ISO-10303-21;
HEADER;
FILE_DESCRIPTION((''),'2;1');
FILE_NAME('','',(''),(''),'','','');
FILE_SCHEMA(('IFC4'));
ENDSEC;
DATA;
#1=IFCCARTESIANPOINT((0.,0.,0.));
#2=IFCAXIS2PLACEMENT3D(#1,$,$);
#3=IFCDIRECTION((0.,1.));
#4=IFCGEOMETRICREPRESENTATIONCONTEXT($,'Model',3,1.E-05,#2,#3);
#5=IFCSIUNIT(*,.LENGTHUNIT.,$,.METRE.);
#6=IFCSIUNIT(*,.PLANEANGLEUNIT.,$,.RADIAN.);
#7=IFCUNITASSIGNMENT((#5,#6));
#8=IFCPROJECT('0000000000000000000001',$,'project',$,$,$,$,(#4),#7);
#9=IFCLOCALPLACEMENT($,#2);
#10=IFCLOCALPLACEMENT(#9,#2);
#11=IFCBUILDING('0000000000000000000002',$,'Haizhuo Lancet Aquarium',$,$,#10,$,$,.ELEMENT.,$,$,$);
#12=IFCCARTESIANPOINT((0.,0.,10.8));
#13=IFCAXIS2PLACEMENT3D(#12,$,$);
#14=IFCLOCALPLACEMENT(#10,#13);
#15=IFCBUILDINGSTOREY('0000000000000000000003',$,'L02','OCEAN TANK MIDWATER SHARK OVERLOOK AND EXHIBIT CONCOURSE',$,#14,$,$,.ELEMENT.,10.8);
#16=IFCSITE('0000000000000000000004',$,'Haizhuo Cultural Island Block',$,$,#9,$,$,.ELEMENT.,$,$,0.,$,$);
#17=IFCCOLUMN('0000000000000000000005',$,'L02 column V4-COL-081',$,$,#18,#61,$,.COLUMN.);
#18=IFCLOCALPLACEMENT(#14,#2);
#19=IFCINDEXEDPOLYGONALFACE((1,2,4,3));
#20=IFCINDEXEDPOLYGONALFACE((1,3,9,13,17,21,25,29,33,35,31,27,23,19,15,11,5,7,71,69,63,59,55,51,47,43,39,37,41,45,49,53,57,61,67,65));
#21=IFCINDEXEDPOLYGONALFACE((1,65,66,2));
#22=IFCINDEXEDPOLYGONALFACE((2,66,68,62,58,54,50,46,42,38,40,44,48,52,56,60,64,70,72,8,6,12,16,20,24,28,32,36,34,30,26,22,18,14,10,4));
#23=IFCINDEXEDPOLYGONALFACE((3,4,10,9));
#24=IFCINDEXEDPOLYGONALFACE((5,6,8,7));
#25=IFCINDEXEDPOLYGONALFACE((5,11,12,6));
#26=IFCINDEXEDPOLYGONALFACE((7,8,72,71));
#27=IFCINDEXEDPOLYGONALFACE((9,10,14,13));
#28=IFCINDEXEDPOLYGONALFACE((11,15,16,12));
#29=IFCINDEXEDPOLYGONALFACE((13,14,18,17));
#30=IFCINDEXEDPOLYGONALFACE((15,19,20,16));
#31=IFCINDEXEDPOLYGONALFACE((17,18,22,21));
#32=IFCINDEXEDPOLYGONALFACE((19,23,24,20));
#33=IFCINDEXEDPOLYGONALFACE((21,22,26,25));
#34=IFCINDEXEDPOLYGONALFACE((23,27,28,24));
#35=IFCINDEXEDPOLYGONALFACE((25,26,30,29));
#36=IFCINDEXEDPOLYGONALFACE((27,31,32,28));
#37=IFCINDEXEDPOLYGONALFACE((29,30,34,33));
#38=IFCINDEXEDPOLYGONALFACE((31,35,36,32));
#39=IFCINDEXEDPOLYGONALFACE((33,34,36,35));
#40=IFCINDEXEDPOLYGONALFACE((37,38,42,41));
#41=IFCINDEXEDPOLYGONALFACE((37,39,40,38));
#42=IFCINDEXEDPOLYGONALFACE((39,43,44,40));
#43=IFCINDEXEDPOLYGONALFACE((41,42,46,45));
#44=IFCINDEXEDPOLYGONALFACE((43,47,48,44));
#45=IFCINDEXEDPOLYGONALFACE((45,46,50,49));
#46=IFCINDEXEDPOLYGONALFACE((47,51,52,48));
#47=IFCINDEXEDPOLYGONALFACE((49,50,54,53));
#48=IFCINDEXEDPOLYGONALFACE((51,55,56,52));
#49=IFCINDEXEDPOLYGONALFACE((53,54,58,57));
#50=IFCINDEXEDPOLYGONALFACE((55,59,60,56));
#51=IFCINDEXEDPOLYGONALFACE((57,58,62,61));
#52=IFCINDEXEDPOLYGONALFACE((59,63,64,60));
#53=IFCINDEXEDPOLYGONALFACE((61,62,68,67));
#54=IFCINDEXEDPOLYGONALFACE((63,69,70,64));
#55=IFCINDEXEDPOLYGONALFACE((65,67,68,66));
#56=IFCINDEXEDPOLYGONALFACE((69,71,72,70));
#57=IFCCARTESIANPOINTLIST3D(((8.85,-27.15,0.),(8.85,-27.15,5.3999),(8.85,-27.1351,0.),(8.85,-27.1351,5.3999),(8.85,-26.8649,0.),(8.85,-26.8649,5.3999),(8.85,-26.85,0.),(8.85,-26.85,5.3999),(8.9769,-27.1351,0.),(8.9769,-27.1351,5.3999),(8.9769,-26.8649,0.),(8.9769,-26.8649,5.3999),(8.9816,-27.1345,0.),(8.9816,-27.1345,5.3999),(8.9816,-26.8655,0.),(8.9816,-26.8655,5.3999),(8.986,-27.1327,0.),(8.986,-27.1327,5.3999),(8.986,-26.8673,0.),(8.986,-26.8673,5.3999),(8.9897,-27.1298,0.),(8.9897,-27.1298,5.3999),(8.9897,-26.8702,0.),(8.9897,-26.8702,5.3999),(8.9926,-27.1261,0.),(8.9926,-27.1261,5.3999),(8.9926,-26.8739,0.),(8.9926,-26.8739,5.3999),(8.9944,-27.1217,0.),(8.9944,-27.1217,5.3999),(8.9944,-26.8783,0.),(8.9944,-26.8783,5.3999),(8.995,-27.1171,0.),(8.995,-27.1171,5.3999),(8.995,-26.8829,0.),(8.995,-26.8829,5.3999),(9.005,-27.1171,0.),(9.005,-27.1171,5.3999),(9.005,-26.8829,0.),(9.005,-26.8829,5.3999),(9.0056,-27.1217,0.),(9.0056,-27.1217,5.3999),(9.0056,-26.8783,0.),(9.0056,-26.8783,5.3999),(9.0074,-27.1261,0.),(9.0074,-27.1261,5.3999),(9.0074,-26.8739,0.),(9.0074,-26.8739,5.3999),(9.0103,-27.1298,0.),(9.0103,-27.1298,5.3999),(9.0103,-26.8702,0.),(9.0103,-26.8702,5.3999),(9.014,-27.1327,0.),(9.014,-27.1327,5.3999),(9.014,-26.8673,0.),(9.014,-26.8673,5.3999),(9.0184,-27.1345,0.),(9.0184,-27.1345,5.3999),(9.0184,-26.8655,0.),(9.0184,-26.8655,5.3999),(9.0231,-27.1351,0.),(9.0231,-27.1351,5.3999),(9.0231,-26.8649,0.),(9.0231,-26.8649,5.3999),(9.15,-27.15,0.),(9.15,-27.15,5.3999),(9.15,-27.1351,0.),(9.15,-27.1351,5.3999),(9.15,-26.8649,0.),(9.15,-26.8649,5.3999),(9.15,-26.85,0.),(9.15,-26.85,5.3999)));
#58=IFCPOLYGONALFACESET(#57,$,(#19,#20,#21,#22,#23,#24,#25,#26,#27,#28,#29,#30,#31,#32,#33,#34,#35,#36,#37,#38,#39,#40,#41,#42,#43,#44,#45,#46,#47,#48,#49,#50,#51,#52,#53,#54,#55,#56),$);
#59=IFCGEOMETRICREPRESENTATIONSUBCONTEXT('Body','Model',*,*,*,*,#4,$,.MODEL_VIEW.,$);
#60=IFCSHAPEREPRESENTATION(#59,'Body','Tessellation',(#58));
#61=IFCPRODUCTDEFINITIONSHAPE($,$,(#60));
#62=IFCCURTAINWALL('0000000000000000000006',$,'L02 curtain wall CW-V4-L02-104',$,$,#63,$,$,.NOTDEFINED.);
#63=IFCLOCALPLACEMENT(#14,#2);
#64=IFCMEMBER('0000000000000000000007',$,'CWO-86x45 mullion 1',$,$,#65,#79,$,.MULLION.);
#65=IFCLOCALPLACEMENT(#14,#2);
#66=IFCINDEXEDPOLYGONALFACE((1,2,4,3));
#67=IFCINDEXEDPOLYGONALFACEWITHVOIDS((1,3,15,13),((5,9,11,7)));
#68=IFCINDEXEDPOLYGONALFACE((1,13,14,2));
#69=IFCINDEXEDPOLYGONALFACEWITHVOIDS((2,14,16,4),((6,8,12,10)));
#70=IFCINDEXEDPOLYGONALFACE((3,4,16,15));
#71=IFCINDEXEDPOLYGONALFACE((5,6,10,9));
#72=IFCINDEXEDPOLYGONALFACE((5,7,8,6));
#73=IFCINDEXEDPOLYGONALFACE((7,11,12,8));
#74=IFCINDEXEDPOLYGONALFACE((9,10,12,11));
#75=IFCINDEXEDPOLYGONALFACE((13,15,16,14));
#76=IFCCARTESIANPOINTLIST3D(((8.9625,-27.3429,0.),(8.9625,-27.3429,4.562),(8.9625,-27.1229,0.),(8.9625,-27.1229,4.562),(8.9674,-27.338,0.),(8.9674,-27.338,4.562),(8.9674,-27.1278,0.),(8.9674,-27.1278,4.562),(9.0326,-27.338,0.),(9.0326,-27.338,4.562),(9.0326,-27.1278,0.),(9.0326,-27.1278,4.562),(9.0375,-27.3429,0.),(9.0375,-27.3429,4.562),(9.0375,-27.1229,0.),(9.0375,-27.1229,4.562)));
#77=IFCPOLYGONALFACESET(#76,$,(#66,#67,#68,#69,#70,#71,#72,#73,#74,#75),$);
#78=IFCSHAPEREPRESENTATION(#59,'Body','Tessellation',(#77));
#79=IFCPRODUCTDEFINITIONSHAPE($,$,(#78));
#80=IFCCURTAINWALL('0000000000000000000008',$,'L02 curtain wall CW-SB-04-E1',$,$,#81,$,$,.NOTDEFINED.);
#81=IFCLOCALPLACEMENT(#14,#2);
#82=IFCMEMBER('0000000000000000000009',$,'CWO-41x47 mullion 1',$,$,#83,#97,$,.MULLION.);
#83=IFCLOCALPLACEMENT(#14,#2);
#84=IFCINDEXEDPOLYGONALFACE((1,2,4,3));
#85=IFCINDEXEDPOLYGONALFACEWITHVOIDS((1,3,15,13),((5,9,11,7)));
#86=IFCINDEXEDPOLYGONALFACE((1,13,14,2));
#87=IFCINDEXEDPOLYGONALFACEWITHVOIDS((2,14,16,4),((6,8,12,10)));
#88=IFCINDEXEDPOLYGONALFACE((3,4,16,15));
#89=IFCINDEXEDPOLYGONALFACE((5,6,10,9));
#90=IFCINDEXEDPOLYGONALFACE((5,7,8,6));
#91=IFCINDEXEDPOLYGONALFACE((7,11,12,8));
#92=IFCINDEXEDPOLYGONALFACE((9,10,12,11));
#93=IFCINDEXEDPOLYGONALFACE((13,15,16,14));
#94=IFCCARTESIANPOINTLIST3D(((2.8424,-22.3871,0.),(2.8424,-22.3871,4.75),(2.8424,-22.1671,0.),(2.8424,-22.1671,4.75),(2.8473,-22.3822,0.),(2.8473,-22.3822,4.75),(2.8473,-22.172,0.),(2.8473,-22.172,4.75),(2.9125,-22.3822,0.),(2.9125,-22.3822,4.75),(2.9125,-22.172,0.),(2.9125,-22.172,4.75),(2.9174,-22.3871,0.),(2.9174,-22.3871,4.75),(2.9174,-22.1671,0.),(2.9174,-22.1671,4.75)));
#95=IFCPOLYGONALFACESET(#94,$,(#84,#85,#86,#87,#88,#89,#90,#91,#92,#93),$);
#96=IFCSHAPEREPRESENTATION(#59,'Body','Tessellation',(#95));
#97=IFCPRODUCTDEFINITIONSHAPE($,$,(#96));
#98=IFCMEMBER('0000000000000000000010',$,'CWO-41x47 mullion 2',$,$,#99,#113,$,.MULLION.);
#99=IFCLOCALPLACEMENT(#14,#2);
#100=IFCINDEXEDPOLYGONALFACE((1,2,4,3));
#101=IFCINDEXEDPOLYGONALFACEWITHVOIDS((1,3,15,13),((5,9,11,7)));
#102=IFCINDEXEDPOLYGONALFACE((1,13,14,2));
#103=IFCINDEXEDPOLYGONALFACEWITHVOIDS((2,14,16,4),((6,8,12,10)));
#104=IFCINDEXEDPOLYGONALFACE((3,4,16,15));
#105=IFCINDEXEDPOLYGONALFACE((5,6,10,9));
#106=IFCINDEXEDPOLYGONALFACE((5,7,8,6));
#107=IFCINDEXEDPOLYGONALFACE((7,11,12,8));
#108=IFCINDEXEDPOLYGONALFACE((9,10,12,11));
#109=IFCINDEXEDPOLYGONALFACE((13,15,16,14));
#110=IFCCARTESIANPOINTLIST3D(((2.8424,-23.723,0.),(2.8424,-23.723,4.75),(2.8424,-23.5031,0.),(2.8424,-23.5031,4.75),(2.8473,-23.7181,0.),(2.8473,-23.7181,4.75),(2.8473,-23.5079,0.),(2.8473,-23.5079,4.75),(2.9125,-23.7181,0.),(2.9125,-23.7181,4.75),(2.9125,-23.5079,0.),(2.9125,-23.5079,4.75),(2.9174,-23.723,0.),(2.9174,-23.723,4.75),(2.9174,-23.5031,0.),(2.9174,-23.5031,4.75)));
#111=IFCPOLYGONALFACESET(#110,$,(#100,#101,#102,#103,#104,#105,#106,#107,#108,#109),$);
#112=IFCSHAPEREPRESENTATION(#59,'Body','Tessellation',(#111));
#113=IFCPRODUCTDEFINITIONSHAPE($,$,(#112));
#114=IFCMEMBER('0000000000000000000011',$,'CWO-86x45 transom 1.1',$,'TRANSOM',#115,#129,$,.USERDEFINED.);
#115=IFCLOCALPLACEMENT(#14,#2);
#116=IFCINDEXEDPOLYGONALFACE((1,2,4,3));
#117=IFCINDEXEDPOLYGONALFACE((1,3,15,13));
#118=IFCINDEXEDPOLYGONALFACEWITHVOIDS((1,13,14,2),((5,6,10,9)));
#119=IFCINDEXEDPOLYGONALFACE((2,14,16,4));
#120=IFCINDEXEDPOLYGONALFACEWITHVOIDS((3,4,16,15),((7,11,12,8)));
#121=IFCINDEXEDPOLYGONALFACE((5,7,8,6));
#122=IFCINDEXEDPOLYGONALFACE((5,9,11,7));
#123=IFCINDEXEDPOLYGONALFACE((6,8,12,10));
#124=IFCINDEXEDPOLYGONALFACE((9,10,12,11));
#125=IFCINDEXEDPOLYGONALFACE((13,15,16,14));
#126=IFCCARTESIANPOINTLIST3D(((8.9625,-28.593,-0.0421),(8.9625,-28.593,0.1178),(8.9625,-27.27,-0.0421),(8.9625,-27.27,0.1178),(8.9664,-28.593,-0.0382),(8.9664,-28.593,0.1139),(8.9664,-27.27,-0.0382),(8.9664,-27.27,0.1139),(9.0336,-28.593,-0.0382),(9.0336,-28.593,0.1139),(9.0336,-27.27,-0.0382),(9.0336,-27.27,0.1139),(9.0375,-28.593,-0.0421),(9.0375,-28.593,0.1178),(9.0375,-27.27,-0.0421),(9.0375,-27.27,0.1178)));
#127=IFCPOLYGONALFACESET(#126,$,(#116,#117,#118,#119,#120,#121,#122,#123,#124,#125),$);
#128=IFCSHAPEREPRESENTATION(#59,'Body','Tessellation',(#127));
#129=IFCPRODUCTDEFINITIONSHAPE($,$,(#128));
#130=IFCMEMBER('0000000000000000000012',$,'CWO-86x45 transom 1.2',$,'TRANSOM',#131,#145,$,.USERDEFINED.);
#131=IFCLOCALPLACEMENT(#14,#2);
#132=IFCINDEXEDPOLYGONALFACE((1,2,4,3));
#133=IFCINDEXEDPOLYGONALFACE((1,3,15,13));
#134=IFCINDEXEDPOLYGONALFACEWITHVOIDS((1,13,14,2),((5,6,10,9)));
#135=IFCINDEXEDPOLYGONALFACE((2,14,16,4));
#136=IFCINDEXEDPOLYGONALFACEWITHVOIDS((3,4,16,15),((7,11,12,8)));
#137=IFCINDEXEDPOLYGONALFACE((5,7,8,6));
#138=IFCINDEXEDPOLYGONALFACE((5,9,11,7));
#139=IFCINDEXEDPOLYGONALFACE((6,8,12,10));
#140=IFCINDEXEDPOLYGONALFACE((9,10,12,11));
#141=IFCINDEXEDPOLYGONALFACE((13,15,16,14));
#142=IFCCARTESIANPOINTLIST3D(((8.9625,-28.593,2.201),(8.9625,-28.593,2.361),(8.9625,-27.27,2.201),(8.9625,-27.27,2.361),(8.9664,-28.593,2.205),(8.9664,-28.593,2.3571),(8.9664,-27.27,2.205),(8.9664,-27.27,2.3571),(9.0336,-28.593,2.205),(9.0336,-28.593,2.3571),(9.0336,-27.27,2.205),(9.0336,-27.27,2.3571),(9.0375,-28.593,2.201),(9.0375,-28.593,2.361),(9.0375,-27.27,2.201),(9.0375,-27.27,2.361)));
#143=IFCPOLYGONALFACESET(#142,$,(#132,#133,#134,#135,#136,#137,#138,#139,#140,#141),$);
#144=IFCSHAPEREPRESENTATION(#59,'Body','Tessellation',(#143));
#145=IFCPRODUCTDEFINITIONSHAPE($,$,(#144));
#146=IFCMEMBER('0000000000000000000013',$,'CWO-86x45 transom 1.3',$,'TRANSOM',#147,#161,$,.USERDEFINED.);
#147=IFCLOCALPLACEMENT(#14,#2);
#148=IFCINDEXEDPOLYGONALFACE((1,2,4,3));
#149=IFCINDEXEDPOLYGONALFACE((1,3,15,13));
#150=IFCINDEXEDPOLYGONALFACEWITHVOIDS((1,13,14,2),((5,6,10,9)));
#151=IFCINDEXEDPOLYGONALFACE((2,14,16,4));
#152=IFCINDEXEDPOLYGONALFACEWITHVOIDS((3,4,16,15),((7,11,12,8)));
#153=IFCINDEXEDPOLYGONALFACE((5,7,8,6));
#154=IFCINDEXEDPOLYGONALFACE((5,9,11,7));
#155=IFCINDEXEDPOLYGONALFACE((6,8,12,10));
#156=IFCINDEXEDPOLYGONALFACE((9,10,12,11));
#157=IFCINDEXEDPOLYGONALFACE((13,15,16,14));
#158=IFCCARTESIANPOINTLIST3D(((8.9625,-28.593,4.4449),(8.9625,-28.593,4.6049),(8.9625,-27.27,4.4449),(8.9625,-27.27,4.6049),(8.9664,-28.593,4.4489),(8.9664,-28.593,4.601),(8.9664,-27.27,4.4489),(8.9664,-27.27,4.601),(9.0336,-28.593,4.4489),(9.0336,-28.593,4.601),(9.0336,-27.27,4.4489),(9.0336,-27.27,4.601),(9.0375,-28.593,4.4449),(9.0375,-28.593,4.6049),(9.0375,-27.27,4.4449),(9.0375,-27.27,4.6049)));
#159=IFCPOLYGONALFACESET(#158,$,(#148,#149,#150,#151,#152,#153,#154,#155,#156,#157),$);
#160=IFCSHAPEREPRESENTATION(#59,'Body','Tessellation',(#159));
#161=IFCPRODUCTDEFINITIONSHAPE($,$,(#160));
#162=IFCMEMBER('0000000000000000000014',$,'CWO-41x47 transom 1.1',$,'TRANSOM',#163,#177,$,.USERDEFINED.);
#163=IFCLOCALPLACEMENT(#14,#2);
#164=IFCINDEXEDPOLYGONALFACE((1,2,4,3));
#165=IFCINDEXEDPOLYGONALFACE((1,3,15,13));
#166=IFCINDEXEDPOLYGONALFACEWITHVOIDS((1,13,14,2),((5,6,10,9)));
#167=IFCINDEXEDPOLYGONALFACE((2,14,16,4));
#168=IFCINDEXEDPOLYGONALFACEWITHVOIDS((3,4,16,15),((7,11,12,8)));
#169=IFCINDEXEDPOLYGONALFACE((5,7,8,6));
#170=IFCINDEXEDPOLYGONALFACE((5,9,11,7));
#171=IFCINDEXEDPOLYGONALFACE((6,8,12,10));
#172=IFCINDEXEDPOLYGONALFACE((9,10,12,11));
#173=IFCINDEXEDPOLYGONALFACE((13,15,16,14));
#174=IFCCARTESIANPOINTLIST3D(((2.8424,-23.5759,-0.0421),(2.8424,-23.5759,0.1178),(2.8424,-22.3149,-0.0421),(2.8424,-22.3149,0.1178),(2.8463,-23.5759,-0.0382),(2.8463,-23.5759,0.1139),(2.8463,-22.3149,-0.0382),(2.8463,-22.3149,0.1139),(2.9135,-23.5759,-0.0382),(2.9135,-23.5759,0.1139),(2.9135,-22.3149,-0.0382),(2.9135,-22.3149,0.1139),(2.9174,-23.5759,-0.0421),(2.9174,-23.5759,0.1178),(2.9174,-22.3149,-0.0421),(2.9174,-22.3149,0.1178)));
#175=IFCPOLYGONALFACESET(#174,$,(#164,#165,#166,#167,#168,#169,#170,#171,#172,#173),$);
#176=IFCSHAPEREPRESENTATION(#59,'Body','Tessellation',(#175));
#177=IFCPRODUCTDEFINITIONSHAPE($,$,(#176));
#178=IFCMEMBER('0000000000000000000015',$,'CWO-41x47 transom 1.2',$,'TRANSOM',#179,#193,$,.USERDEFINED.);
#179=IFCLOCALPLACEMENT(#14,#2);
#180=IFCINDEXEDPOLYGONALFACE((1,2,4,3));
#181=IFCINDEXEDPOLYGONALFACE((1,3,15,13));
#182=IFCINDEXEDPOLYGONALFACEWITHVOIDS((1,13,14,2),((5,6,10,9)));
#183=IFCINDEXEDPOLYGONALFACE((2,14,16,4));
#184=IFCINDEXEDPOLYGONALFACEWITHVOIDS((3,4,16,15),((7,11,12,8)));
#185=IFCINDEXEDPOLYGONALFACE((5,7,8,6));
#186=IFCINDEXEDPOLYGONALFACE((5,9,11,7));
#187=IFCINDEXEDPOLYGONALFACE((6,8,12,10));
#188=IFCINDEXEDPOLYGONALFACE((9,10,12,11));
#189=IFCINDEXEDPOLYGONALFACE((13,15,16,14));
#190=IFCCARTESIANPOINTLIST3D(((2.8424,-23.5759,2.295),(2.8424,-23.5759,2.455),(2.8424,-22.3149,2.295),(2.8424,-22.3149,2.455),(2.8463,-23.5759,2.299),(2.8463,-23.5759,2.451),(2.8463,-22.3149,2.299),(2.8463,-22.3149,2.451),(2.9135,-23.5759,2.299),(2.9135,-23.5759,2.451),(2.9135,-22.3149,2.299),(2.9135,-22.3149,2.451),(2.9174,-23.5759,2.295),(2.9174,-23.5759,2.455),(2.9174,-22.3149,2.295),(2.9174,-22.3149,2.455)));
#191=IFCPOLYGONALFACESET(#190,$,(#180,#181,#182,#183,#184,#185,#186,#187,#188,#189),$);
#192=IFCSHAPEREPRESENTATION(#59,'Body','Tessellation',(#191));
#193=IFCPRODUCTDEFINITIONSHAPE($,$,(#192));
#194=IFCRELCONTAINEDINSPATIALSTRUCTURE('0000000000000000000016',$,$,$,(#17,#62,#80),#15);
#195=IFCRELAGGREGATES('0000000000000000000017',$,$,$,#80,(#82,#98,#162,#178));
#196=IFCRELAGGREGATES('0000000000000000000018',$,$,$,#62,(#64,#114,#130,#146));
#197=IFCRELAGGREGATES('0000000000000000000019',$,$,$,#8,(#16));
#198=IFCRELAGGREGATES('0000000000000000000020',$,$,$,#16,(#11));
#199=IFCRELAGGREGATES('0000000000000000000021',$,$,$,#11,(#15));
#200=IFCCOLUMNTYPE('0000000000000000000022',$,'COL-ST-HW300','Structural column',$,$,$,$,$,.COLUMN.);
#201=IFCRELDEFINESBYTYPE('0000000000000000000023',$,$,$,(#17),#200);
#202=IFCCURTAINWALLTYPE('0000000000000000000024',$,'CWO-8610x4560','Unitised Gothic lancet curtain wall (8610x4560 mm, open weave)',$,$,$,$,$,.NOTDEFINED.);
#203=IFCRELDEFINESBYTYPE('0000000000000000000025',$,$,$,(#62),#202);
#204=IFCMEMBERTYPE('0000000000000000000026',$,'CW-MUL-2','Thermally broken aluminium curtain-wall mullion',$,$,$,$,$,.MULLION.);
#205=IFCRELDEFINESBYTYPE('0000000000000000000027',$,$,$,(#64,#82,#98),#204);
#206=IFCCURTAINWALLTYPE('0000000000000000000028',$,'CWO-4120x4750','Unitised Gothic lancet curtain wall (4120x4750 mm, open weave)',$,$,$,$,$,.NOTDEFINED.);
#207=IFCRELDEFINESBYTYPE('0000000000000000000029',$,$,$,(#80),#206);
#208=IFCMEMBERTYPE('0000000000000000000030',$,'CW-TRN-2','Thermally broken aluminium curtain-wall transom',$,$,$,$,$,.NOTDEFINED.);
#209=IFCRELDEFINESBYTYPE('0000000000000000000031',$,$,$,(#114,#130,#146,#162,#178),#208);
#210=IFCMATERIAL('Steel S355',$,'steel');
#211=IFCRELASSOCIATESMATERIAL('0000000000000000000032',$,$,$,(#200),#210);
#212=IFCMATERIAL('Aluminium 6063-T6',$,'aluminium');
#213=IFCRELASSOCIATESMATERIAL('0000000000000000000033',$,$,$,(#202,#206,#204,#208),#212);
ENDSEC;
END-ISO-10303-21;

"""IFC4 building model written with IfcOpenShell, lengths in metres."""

from ifc_helpers import new_model, si_unit, direction, frame, origin, origin_2d, place, context, subcontext, project, spatial, hollow_rectangle, i_section, extrude, material, material_profile, profile_set, type_object, element, aggregate, save


model = new_model("IFC4")

# Units and contexts
model_context = context("Model", 3, precision=1e-05, world=origin(), true_north=direction((0.0, 1.0)))
body_context = subcontext(model_context, "Body", "Model", "MODEL_VIEW")
ifc_project = project(units=[si_unit("LENGTHUNIT", "METRE"), si_unit("PLANEANGLEUNIT", "RADIAN")], contexts=[model_context])

# Site, building, storey
site_placement = place(None, origin())
site = spatial("IfcSite", under=ifc_project, at=site_placement, Name="Haizhuo Cultural Island Block", CompositionType="ELEMENT", RefElevation=0.0)
building_placement = place(site_placement, origin())
building = spatial("IfcBuilding", under=site, at=building_placement, Name="Haizhuo Lancet Aquarium", CompositionType="ELEMENT")
storey_placement = place(building_placement, frame((0.0, 0.0, 10.8)))
storey = spatial("IfcBuildingStorey", under=building, at=storey_placement, Name="L02", Description="OCEAN TANK MIDWATER SHARK OVERLOOK AND EXHIBIT CONCOURSE", CompositionType="ELEMENT", Elevation=10.8)

# Column
ifc_material_1 = material(Name="Steel S355", Category="steel")
ifc_material_profile_1 = material_profile(ifc_material_1, i_section(OverallWidth=0.3, OverallDepth=0.3, WebThickness=0.01, FlangeThickness=0.0149, FilletRadius=0.0181, at=origin_2d()), Name="HW 300x300x10x15")
ifc_profile_set_1 = profile_set([ifc_material_profile_1], Name="Steel S355")
column_type_1 = type_object("IfcColumnType", Name="COL-ST-HW300", Description="Structural column", PredefinedType="COLUMN", material=ifc_profile_set_1)
column_1_placement = place(storey_placement, frame((9.0, -27.0, 0.0), z_axis=(0.0, 0.0, 1.0), x_axis=(1.0, 0.0, 0.0)))
element("IfcColumn", 1, at=column_1_placement, inside=storey, type_object=column_type_1, Name="L02 column V4-COL-081", PredefinedType="COLUMN", context=body_context, shape_type="SweptSolid", body=[
    extrude(i_section(OverallWidth=0.3, OverallDepth=0.3, WebThickness=0.01, FlangeThickness=0.0149, FilletRadius=0.0181, at=origin_2d()), origin(), (0.0, 0.0, 1.0), 5.3999),
])

# Curtain wall, member
ifc_material_2 = material(Name="Aluminium 6063-T6", Category="aluminium")
curtain_wall_type_1 = type_object("IfcCurtainWallType", Name="CWO-8610x4560", Description="Unitised Gothic lancet curtain wall (8610x4560 mm, open weave)", PredefinedType="NOTDEFINED", material=ifc_material_2)
curtain_wall_1_placement = place(storey_placement, origin())
curtain_wall_1 = element("IfcCurtainWall", 2, at=curtain_wall_1_placement, inside=storey, type_object=curtain_wall_type_1, Name="L02 curtain wall CW-V4-L02-104", PredefinedType="NOTDEFINED")
ifc_material_profile_2 = material_profile(ifc_material_2, hollow_rectangle(XDim=0.075, YDim=0.22, WallThickness=0.0049, at=origin_2d()), Name="ALU-M 75x220x5")
ifc_profile_set_2 = profile_set([ifc_material_profile_2], Name="Aluminium 6063-T6")
member_type_1 = type_object("IfcMemberType", Name="CW-MUL-2", Description="Thermally broken aluminium curtain-wall mullion", PredefinedType="MULLION", material=ifc_profile_set_2)
member_1_placement = place(storey_placement, frame((9.0, -27.2329, 0.0), z_axis=(0.0, 0.0, 1.0), x_axis=(1.0, 0.0, 0.0)))
member_1 = element("IfcMember", 3, at=member_1_placement, type_object=member_type_1, Name="CWO-86x45 mullion 1", PredefinedType="MULLION", context=body_context, shape_type="SweptSolid", body=[
    extrude(hollow_rectangle(XDim=0.075, YDim=0.22, WallThickness=0.0049, at=origin_2d()), origin(), (0.0, 0.0, 1.0), 4.562),
])

# Curtain wall, members
curtain_wall_type_2 = type_object("IfcCurtainWallType", Name="CWO-4120x4750", Description="Unitised Gothic lancet curtain wall (4120x4750 mm, open weave)", PredefinedType="NOTDEFINED", material=ifc_material_2)
curtain_wall_2_placement = place(storey_placement, origin())
curtain_wall_2 = element("IfcCurtainWall", 4, at=curtain_wall_2_placement, inside=storey, type_object=curtain_wall_type_2, Name="L02 curtain wall CW-SB-04-E1", PredefinedType="NOTDEFINED")
member_2_placement = place(storey_placement, frame((2.8799, -22.2771, 0.0), z_axis=(0.0, 0.0, 1.0), x_axis=(1.0, 0.0, 0.0)))
member_2 = element("IfcMember", 5, at=member_2_placement, type_object=member_type_1, Name="CWO-41x47 mullion 1", PredefinedType="MULLION", context=body_context, shape_type="SweptSolid", body=[
    extrude(hollow_rectangle(XDim=0.075, YDim=0.22, WallThickness=0.0049, at=origin_2d()), origin(), (0.0, 0.0, 1.0), 4.75),
])
member_3_placement = place(storey_placement, frame((2.8799, -23.613, 0.0), z_axis=(0.0, 0.0, 1.0), x_axis=(1.0, 0.0, 0.0)))
member_3 = element("IfcMember", 6, at=member_3_placement, type_object=member_type_1, Name="CWO-41x47 mullion 2", PredefinedType="MULLION", context=body_context, shape_type="SweptSolid", body=[
    extrude(hollow_rectangle(XDim=0.075, YDim=0.22, WallThickness=0.0049, at=origin_2d()), origin(), (0.0, 0.0, 1.0), 4.75),
])

# Members
ifc_material_profile_3 = material_profile(ifc_material_2, hollow_rectangle(XDim=0.075, YDim=0.1599, WallThickness=0.0039, at=origin_2d()), Name="ALU-T 75x160x4")
ifc_profile_set_3 = profile_set([ifc_material_profile_3], Name="Aluminium 6063-T6")
member_type_2 = type_object("IfcMemberType", Name="CW-TRN-2", Description="Thermally broken aluminium curtain-wall transom", PredefinedType="NOTDEFINED", material=ifc_profile_set_3)
member_4_placement = place(storey_placement, frame((9.0, -27.27, 0.0378), z_axis=(0.0, -1.0, 0.0), x_axis=(1.0, 0.0, 0.0)))
member_4 = element("IfcMember", 7, at=member_4_placement, type_object=member_type_2, Name="CWO-86x45 transom 1.1", ObjectType="TRANSOM", PredefinedType="USERDEFINED", context=body_context, shape_type="SweptSolid", body=[
    extrude(hollow_rectangle(XDim=0.075, YDim=0.1599, WallThickness=0.0039, at=origin_2d()), origin(), (0.0, 0.0, 1.0), 1.323),
])
member_5_placement = place(storey_placement, frame((9.0, -27.27, 2.281), z_axis=(0.0, -1.0, 0.0), x_axis=(1.0, 0.0, 0.0)))
member_5 = element("IfcMember", 8, at=member_5_placement, type_object=member_type_2, Name="CWO-86x45 transom 1.2", ObjectType="TRANSOM", PredefinedType="USERDEFINED", context=body_context, shape_type="SweptSolid", body=[
    extrude(hollow_rectangle(XDim=0.075, YDim=0.1599, WallThickness=0.0039, at=origin_2d()), origin(), (0.0, 0.0, 1.0), 1.323),
])
member_6_placement = place(storey_placement, frame((9.0, -27.27, 4.5249), z_axis=(0.0, -1.0, 0.0), x_axis=(1.0, 0.0, 0.0)))
member_6 = element("IfcMember", 9, at=member_6_placement, type_object=member_type_2, Name="CWO-86x45 transom 1.3", ObjectType="TRANSOM", PredefinedType="USERDEFINED", context=body_context, shape_type="SweptSolid", body=[
    extrude(hollow_rectangle(XDim=0.075, YDim=0.1599, WallThickness=0.0039, at=origin_2d()), origin(), (0.0, 0.0, 1.0), 1.323),
])
member_7_placement = place(storey_placement, frame((2.8799, -22.3149, 0.0378), z_axis=(0.0, -1.0, 0.0), x_axis=(1.0, 0.0, 0.0)))
member_7 = element("IfcMember", 10, at=member_7_placement, type_object=member_type_2, Name="CWO-41x47 transom 1.1", ObjectType="TRANSOM", PredefinedType="USERDEFINED", context=body_context, shape_type="SweptSolid", body=[
    extrude(hollow_rectangle(XDim=0.075, YDim=0.1599, WallThickness=0.0039, at=origin_2d()), origin(), (0.0, 0.0, 1.0), 1.261),
])
member_8_placement = place(storey_placement, frame((2.8799, -22.3149, 2.375), z_axis=(0.0, -1.0, 0.0), x_axis=(1.0, 0.0, 0.0)))
member_8 = element("IfcMember", 11, at=member_8_placement, type_object=member_type_2, Name="CWO-41x47 transom 1.2", ObjectType="TRANSOM", PredefinedType="USERDEFINED", context=body_context, shape_type="SweptSolid", body=[
    extrude(hollow_rectangle(XDim=0.075, YDim=0.1599, WallThickness=0.0039, at=origin_2d()), origin(), (0.0, 0.0, 1.0), 1.261),
])

aggregate(curtain_wall_2, [member_2, member_3, member_7, member_8])
aggregate(curtain_wall_1, [member_1, member_4, member_5, member_6])

save(model, "model.ifc")
